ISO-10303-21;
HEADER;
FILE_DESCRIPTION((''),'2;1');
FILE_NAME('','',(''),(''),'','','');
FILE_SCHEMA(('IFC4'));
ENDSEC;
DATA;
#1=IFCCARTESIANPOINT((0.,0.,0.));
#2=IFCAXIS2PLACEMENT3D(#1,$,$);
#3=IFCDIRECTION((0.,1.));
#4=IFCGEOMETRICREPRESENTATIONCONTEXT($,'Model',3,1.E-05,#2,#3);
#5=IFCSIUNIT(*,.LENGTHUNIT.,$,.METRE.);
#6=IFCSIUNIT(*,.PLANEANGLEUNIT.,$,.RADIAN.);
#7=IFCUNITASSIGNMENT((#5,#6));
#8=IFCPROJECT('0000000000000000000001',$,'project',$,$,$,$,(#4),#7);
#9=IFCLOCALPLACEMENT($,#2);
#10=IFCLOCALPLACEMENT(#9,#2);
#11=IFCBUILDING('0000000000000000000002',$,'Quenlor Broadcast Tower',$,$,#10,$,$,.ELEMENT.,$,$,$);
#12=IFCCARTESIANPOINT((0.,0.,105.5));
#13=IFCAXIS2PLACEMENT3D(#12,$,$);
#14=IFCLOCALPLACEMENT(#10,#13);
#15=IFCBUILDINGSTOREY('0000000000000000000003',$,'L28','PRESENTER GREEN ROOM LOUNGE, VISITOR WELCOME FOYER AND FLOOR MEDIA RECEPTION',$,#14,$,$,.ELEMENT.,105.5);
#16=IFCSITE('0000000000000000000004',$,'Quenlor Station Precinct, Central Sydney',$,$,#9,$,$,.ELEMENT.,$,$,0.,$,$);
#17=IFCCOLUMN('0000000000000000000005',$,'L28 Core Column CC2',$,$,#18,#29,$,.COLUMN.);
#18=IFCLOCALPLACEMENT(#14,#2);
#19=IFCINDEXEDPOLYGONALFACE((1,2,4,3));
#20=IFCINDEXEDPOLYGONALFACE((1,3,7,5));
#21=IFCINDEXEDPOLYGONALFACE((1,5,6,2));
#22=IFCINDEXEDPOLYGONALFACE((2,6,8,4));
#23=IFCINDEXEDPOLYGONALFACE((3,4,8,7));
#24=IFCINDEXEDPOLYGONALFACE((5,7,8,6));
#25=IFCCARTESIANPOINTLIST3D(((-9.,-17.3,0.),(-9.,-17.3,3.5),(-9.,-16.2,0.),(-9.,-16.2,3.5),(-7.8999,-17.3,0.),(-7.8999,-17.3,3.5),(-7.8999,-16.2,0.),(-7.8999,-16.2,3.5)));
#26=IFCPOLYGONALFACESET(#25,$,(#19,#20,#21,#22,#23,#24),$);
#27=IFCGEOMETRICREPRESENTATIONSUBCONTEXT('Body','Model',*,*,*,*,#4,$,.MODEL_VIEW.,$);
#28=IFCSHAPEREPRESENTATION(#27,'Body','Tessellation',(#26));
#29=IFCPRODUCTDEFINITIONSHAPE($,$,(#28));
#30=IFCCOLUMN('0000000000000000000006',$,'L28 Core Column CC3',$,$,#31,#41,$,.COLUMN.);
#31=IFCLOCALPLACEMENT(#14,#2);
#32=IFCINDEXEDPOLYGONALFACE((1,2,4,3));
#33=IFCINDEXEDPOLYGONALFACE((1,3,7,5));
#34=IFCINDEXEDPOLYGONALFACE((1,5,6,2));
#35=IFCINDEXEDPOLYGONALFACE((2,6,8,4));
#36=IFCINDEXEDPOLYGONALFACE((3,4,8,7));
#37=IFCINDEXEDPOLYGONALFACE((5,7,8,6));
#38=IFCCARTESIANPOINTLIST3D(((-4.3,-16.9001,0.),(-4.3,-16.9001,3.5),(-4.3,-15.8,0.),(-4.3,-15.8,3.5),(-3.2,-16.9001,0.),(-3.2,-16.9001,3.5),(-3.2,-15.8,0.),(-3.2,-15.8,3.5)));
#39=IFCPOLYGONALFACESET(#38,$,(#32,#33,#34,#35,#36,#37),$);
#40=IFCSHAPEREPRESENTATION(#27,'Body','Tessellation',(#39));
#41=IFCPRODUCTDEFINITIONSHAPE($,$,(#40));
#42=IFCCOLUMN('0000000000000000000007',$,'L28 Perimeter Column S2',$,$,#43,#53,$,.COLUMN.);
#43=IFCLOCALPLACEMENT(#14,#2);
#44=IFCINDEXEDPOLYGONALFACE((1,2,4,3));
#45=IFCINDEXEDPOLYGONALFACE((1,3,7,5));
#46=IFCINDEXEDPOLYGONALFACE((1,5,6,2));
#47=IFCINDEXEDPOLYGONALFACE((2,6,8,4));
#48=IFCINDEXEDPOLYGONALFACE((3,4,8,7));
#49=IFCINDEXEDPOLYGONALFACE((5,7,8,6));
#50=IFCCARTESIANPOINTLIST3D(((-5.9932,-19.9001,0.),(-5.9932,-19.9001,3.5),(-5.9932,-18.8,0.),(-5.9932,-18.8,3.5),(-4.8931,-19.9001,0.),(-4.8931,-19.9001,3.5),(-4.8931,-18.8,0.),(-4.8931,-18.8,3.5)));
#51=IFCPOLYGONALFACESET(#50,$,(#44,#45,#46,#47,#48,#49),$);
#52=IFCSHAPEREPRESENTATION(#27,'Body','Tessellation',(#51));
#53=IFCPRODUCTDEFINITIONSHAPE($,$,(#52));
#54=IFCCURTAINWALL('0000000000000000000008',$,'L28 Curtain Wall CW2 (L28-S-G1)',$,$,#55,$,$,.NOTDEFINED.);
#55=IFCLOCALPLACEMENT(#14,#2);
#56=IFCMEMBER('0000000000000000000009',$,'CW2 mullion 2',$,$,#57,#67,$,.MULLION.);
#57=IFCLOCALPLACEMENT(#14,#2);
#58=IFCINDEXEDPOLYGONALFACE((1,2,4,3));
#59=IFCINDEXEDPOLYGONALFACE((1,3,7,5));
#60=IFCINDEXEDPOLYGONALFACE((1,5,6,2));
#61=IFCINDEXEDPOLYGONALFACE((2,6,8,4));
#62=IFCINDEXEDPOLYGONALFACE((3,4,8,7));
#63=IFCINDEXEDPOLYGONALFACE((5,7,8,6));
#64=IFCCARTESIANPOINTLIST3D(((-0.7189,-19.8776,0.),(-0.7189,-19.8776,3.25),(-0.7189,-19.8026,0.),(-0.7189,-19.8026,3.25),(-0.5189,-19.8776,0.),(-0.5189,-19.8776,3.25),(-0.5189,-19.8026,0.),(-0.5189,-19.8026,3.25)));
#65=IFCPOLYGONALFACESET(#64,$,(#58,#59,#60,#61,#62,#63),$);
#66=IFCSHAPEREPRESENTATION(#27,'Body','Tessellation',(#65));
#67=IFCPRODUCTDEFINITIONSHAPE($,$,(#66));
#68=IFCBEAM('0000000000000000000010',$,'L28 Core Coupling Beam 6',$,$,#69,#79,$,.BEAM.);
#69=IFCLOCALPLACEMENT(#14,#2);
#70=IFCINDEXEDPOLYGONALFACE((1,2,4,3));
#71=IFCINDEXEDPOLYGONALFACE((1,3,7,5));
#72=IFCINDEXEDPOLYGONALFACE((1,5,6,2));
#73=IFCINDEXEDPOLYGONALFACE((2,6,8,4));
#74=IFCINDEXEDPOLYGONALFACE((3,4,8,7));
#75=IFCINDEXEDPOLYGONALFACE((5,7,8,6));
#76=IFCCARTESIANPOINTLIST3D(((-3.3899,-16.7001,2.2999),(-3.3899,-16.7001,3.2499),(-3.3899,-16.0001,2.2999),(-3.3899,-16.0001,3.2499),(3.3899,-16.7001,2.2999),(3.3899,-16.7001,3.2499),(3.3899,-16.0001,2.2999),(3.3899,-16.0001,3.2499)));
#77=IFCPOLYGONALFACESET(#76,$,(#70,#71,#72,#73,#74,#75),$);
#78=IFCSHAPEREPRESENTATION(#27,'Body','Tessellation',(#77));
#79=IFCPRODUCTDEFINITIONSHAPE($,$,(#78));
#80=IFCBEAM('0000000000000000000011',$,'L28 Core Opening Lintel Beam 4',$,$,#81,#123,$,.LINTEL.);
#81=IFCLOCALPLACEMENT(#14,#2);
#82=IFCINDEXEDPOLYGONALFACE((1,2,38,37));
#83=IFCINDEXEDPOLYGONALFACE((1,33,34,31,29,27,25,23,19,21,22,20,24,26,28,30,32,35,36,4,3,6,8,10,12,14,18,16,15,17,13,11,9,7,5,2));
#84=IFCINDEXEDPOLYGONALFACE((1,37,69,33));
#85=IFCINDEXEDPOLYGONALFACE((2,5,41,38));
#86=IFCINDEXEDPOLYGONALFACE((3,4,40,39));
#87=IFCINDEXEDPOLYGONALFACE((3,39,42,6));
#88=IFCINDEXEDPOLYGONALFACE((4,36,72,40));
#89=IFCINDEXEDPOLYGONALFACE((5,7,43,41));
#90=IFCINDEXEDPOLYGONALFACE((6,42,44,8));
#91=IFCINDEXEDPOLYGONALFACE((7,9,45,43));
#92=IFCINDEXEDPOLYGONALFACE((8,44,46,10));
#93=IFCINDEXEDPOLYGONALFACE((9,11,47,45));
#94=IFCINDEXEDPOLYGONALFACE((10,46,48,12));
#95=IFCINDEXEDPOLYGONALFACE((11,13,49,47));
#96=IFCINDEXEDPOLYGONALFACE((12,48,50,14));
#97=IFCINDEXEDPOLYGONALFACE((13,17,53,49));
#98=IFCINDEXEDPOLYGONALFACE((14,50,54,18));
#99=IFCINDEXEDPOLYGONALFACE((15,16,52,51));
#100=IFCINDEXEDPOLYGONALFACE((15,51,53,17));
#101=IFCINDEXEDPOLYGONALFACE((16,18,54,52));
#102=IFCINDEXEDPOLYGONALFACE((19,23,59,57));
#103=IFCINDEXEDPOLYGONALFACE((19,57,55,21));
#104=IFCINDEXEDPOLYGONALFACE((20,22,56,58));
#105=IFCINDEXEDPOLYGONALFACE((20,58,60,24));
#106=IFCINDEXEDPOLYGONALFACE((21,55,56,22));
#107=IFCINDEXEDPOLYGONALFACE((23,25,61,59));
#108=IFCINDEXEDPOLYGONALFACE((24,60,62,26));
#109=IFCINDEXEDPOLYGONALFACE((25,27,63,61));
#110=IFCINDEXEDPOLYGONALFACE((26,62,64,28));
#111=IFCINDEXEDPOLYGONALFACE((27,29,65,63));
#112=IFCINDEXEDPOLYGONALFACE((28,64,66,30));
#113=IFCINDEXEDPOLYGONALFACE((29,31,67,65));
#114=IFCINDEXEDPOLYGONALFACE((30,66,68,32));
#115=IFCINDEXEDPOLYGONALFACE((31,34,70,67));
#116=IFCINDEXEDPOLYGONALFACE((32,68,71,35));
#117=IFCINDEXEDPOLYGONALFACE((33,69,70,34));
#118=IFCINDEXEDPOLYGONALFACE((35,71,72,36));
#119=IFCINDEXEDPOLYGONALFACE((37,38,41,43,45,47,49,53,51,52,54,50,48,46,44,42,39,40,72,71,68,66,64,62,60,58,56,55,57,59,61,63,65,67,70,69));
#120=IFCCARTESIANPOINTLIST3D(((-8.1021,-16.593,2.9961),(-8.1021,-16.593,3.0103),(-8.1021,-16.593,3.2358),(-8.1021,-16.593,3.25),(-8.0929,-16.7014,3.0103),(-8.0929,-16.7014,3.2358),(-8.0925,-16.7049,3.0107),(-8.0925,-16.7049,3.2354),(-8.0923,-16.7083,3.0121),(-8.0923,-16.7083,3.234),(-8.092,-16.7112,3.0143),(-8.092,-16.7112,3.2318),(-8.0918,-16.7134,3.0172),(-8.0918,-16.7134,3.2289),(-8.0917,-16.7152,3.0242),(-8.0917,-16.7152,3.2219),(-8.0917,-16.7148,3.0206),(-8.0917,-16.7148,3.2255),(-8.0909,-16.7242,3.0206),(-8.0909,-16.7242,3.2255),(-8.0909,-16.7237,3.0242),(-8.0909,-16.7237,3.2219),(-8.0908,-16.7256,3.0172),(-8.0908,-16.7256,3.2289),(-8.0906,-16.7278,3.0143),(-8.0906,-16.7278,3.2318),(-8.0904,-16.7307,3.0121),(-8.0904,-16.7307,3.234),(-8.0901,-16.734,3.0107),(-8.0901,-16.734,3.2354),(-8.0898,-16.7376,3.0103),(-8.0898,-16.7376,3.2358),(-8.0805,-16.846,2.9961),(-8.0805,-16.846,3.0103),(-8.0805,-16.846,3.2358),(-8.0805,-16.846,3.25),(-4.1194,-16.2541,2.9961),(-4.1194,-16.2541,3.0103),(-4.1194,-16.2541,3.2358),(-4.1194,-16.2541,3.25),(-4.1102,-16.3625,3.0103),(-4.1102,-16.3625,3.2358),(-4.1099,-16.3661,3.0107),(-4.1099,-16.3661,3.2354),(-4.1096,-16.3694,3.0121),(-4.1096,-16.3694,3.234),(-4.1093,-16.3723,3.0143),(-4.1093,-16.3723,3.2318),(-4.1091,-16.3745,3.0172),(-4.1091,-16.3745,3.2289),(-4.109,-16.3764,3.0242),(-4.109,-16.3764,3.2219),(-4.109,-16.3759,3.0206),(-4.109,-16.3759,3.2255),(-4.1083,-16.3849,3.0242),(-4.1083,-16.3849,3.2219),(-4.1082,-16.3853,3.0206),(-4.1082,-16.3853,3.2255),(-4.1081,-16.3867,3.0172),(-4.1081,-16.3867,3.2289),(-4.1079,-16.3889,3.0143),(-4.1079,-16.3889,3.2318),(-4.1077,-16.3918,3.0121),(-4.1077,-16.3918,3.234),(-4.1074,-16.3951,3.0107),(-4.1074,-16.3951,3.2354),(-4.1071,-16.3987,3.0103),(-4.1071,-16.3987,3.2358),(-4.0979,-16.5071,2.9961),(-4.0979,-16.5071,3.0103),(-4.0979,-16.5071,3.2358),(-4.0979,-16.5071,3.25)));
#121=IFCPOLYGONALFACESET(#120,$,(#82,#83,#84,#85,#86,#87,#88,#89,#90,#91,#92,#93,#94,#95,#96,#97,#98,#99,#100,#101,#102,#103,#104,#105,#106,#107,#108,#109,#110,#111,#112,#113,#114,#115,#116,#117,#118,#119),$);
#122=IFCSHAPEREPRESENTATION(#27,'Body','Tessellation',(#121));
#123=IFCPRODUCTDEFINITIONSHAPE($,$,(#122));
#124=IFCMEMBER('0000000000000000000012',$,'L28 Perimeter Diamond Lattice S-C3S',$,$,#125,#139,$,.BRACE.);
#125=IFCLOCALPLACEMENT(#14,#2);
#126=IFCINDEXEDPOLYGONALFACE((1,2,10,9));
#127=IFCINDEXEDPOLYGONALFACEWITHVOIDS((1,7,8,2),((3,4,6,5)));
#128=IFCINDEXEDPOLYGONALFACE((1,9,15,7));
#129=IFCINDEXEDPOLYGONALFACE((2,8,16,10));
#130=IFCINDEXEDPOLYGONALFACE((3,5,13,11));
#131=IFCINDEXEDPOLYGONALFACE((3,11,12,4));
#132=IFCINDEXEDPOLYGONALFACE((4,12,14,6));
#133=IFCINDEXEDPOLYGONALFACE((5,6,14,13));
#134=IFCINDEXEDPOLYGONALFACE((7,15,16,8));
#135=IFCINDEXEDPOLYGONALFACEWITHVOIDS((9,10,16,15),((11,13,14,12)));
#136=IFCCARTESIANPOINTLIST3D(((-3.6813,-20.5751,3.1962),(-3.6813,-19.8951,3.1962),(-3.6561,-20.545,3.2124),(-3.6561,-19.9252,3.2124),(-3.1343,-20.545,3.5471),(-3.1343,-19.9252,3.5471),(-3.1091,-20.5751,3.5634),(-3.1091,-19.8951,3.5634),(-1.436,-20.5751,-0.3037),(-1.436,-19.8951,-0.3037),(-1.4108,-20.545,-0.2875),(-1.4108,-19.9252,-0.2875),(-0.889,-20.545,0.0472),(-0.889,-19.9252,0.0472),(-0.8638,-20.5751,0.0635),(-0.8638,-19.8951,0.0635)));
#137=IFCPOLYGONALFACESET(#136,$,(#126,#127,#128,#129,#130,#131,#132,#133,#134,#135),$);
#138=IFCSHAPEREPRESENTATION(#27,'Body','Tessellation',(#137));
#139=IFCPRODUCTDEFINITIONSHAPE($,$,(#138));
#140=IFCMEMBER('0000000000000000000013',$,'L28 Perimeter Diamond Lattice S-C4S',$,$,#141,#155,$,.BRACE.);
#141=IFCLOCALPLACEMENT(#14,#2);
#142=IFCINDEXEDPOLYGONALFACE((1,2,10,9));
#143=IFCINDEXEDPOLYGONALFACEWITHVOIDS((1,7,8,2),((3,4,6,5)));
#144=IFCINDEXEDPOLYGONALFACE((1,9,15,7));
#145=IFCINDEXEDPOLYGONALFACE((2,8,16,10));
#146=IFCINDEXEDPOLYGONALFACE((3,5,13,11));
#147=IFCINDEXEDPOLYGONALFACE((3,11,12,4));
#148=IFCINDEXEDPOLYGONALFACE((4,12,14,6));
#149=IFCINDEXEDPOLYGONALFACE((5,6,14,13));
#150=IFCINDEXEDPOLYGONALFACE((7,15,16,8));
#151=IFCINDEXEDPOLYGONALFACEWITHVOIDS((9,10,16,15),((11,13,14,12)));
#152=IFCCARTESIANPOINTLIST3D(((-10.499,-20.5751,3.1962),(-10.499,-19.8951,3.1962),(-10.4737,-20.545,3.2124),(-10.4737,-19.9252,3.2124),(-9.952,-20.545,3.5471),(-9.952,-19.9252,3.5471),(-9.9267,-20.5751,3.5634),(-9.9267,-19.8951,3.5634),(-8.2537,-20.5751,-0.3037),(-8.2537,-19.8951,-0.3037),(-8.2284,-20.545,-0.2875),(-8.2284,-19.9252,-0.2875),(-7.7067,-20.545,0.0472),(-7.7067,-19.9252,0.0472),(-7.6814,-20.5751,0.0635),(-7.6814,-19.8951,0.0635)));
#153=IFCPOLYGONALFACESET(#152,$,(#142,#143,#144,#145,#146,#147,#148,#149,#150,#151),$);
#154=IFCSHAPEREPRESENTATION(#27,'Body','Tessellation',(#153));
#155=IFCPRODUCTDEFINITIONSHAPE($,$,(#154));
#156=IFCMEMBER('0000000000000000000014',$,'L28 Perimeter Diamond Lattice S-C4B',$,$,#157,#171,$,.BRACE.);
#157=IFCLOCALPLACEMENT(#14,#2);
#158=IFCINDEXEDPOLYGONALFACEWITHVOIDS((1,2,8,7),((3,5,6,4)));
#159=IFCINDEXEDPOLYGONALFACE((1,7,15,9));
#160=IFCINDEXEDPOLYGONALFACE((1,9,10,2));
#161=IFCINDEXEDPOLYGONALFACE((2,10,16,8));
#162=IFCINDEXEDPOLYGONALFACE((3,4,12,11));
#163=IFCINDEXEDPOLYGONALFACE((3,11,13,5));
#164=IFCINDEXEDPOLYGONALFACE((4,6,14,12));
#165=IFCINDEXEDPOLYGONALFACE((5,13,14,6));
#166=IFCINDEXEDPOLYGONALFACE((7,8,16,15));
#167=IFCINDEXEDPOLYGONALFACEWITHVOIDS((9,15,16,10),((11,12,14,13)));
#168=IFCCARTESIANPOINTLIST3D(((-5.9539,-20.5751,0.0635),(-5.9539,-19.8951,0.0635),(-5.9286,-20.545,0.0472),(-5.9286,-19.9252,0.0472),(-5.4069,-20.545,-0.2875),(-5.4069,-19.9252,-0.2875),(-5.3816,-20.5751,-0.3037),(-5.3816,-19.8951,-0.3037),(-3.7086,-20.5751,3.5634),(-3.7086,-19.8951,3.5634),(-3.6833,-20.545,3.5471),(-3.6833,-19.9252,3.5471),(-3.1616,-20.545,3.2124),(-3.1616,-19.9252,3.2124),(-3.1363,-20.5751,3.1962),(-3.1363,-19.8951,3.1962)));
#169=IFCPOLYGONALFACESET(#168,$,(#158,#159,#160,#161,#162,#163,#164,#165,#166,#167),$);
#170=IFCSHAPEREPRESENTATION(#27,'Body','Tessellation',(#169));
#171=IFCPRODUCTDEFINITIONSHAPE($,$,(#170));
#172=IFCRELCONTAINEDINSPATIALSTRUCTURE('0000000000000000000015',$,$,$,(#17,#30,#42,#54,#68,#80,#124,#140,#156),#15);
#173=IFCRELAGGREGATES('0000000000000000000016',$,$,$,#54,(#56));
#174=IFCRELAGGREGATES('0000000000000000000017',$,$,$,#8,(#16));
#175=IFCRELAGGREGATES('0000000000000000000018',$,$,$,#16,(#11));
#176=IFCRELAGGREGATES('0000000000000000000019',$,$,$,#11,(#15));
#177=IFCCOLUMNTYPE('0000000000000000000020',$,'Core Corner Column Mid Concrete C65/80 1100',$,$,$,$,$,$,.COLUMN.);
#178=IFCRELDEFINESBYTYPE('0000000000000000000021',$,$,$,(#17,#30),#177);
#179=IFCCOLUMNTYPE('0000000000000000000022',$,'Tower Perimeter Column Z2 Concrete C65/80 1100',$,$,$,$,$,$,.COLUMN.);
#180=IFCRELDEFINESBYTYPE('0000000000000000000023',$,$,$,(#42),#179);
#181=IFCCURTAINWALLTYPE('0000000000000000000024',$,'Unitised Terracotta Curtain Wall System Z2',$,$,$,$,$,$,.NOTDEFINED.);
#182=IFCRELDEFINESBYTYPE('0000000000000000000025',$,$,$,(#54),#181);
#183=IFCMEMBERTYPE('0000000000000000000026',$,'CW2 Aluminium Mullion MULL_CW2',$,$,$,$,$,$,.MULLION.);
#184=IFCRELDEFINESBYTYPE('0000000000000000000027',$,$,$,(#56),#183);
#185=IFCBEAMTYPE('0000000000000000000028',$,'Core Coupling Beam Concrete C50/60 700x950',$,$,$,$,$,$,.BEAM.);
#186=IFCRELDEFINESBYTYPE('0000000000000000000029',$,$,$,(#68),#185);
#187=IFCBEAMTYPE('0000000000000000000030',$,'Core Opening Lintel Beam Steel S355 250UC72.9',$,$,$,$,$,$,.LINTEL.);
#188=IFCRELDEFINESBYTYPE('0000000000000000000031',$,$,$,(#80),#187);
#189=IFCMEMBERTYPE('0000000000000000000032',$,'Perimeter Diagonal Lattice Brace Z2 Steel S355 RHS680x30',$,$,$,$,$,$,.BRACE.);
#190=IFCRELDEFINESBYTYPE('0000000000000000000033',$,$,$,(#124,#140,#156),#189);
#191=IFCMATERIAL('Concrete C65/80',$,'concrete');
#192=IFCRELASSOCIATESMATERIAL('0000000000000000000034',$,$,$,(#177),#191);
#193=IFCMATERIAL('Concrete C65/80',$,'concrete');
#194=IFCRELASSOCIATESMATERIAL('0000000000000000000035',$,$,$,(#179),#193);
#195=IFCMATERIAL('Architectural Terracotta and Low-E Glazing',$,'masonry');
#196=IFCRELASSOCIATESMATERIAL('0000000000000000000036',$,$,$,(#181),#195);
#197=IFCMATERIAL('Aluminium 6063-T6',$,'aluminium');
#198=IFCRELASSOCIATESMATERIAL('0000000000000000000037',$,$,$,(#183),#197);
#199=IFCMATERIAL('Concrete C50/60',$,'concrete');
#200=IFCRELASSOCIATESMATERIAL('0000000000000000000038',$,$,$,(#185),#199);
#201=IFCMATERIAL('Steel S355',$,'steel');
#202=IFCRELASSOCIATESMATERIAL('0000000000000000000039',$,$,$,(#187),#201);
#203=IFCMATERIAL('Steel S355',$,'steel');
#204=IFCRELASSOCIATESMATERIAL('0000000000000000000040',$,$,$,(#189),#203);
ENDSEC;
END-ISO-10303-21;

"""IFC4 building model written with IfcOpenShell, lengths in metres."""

from ifc_helpers import new_model, si_unit, direction, frame, origin, origin_2d, place, context, subcontext, project, spatial, rectangle, hollow_rectangle, i_section, extrude, material, material_profile, profile_set, type_object, element, aggregate, save


model = new_model("IFC4")

# Units and contexts
model_context = context("Model", 3, precision=1e-05, world=origin(), true_north=direction((0.0, 1.0)))
body_context = subcontext(model_context, "Body", "Model", "MODEL_VIEW")
ifc_project = project(units=[si_unit("LENGTHUNIT", "METRE"), si_unit("PLANEANGLEUNIT", "RADIAN")], contexts=[model_context])

# Site, building, storey
site_placement = place(None, origin())
site = spatial("IfcSite", under=ifc_project, at=site_placement, Name="Quenlor Station Precinct, Central Sydney", CompositionType="ELEMENT", RefElevation=0.0)
building_placement = place(site_placement, origin())
building = spatial("IfcBuilding", under=site, at=building_placement, Name="Quenlor Broadcast Tower", CompositionType="ELEMENT")
storey_placement = place(building_placement, frame((0.0, 0.0, 105.5)))
storey = spatial("IfcBuildingStorey", under=building, at=storey_placement, Name="L28", Description="PRESENTER GREEN ROOM LOUNGE, VISITOR WELCOME FOYER AND FLOOR MEDIA RECEPTION", CompositionType="ELEMENT", Elevation=105.5)

# Columns
ifc_material_1 = material(Name="Concrete C65/80", Category="concrete")
ifc_material_profile_1 = material_profile(ifc_material_1, rectangle(XDim=1.1001, YDim=1.1001, at=origin_2d()))
ifc_profile_set_1 = profile_set([ifc_material_profile_1], Name="Concrete C65/80 RC1100x1100")
column_type_1 = type_object("IfcColumnType", Name="Core Corner Column Mid Concrete C65/80 1100", PredefinedType="COLUMN", material=ifc_profile_set_1)
for number, where, z_axis, x_axis, name in (
    (1, (-8.45, -16.75, 0.0), (0.0, 0.0, 1.0), (1.0, 0.0, 0.0), "L28 Core Column CC2"),
    (2, (-3.75, -16.3501, 0.0), (0.0, 0.0, 1.0), (1.0, 0.0, 0.0), "L28 Core Column CC3"),
):
    element("IfcColumn", number, at=place(storey_placement, frame(where, z_axis=z_axis, x_axis=x_axis)), inside=storey, type_object=column_type_1, Name=name, PredefinedType="COLUMN", context=body_context, shape_type="SweptSolid", body=[
        extrude(rectangle(XDim=1.1001, YDim=1.1001, at=origin_2d()), origin(), (0.0, 0.0, 1.0), 3.5),
    ])
ifc_material_2 = material(Name="Concrete C65/80", Category="concrete")
ifc_material_profile_2 = material_profile(ifc_material_2, rectangle(XDim=1.1001, YDim=1.1001, at=origin_2d()))
ifc_profile_set_2 = profile_set([ifc_material_profile_2], Name="Concrete C65/80 RC1100x1100")
column_type_2 = type_object("IfcColumnType", Name="Tower Perimeter Column Z2 Concrete C65/80 1100", PredefinedType="COLUMN", material=ifc_profile_set_2)
column_placement = place(storey_placement, frame((-5.4431, -19.3501, 0.0), z_axis=(0.0, 0.0, 1.0), x_axis=(0.0, 1.0, 0.0)))
element("IfcColumn", 3, at=column_placement, inside=storey, type_object=column_type_2, Name="L28 Perimeter Column S2", PredefinedType="COLUMN", context=body_context, shape_type="SweptSolid", body=[
    extrude(rectangle(XDim=1.1001, YDim=1.1001, at=origin_2d()), origin(), (0.0, 0.0, 1.0), 3.5),
])

# Curtain wall, member
ifc_material_3 = material(Name="Architectural Terracotta and Low-E Glazing", Category="masonry")
curtain_wall_type = type_object("IfcCurtainWallType", Name="Unitised Terracotta Curtain Wall System Z2", PredefinedType="NOTDEFINED", material=ifc_material_3)
curtain_wall_placement = place(storey_placement, origin())
curtain_wall = element("IfcCurtainWall", 4, at=curtain_wall_placement, inside=storey, type_object=curtain_wall_type, Name="L28 Curtain Wall CW2 (L28-S-G1)", PredefinedType="NOTDEFINED")
ifc_material_4 = material(Name="Aluminium 6063-T6", Category="aluminium")
ifc_material_profile_3 = material_profile(ifc_material_4, rectangle(XDim=0.075, YDim=0.2, at=origin_2d()))
ifc_profile_set_3 = profile_set([ifc_material_profile_3], Name="Aluminium 6063-T6 MULL75x200")
member_type_1 = type_object("IfcMemberType", Name="CW2 Aluminium Mullion MULL_CW2", PredefinedType="MULLION", material=ifc_profile_set_3)
member_placement = place(storey_placement, frame((-0.6189, -19.8401, 0.0), z_axis=(0.0, 0.0, 1.0), x_axis=(0.0, -1.0, 0.0)))
member = element("IfcMember", 5, at=member_placement, type_object=member_type_1, Name="CW2 mullion 2", PredefinedType="MULLION", context=body_context, shape_type="SweptSolid", body=[
    extrude(rectangle(XDim=0.075, YDim=0.2, at=origin_2d()), origin(), (0.0, 0.0, 1.0), 3.25),
])

# Beams
ifc_material_5 = material(Name="Concrete C50/60", Category="concrete")
ifc_material_profile_4 = material_profile(ifc_material_5, rectangle(XDim=0.7, YDim=0.95, at=origin_2d()))
ifc_profile_set_4 = profile_set([ifc_material_profile_4], Name="Concrete C50/60 RCB700x950")
beam_type_1 = type_object("IfcBeamType", Name="Core Coupling Beam Concrete C50/60 700x950", PredefinedType="BEAM", material=ifc_profile_set_4)
beam_1_placement = place(storey_placement, frame((-3.3899, -16.3501, 2.7749), z_axis=(1.0, 0.0, 0.0), x_axis=(0.0, 1.0, 0.0)))
element("IfcBeam", 6, at=beam_1_placement, inside=storey, type_object=beam_type_1, Name="L28 Core Coupling Beam 6", PredefinedType="BEAM", context=body_context, shape_type="SweptSolid", body=[
    extrude(rectangle(XDim=0.7, YDim=0.95, at=origin_2d()), origin(), (0.0, 0.0, 1.0), 6.7798),
])
ifc_material_6 = material(Name="Steel S355", Category="steel")
ifc_material_profile_5 = material_profile(ifc_material_6, i_section(OverallWidth=0.2539, OverallDepth=0.2539, WebThickness=0.0085, FlangeThickness=0.0142, FilletRadius=0.0139, at=origin_2d()))
ifc_profile_set_5 = profile_set([ifc_material_profile_5], Name="Steel S355 250UC72.9")
beam_type_2 = type_object("IfcBeamType", Name="Core Opening Lintel Beam Steel S355 250UC72.9", PredefinedType="LINTEL", material=ifc_profile_set_5)
beam_2_placement = place(storey_placement, frame((-8.0913, -16.7195, 3.123), z_axis=(0.9964, 0.084779, 0.0), x_axis=(-0.084779, 0.9964, 0.0)))
element("IfcBeam", 7, at=beam_2_placement, inside=storey, type_object=beam_type_2, Name="L28 Core Opening Lintel Beam 4", PredefinedType="LINTEL", context=body_context, shape_type="SweptSolid", body=[
    extrude(i_section(OverallWidth=0.2539, OverallDepth=0.2539, WebThickness=0.0085, FlangeThickness=0.0142, FilletRadius=0.0139, at=origin_2d()), origin(), (0.0, 0.0, 1.0), 3.9971),
])

# Members
ifc_material_7 = material(Name="Steel S355", Category="steel")
ifc_material_profile_6 = material_profile(ifc_material_7, hollow_rectangle(XDim=0.6799, YDim=0.6799, WallThickness=0.03, at=origin_2d()))
ifc_profile_set_6 = profile_set([ifc_material_profile_6], Name="Steel S355 RHS680x680x30")
member_type_2 = type_object("IfcMemberType", Name="Perimeter Diagonal Lattice Brace Z2 Steel S355 RHS680x30", PredefinedType="BRACE", material=ifc_profile_set_6)
for number, where, z_axis, x_axis, name in (
    (8, (-1.1499, -20.2351, -0.1201), (-0.539968, 0.0, 0.841686), (0.0, -1.0, 0.0), "L28 Perimeter Diamond Lattice S-C3S"),
    (9, (-7.9675, -20.2351, -0.1201), (-0.539968, 0.0, 0.841686), (0.0, -1.0, 0.0), "L28 Perimeter Diamond Lattice S-C4S"),
    (10, (-5.6677, -20.2351, -0.1201), (0.539968, 0.0, 0.841686), (0.0, 1.0, 0.0), "L28 Perimeter Diamond Lattice S-C4B"),
):
    element("IfcMember", number, at=place(storey_placement, frame(where, z_axis=z_axis, x_axis=x_axis)), inside=storey, type_object=member_type_2, Name=name, PredefinedType="BRACE", context=body_context, shape_type="SweptSolid", body=[
        extrude(hollow_rectangle(XDim=0.6799, YDim=0.6799, WallThickness=0.03, at=origin_2d()), origin(), (0.0, 0.0, 1.0), 4.1582),
    ])

aggregate(curtain_wall, [member])

save(model, "model.ifc")
